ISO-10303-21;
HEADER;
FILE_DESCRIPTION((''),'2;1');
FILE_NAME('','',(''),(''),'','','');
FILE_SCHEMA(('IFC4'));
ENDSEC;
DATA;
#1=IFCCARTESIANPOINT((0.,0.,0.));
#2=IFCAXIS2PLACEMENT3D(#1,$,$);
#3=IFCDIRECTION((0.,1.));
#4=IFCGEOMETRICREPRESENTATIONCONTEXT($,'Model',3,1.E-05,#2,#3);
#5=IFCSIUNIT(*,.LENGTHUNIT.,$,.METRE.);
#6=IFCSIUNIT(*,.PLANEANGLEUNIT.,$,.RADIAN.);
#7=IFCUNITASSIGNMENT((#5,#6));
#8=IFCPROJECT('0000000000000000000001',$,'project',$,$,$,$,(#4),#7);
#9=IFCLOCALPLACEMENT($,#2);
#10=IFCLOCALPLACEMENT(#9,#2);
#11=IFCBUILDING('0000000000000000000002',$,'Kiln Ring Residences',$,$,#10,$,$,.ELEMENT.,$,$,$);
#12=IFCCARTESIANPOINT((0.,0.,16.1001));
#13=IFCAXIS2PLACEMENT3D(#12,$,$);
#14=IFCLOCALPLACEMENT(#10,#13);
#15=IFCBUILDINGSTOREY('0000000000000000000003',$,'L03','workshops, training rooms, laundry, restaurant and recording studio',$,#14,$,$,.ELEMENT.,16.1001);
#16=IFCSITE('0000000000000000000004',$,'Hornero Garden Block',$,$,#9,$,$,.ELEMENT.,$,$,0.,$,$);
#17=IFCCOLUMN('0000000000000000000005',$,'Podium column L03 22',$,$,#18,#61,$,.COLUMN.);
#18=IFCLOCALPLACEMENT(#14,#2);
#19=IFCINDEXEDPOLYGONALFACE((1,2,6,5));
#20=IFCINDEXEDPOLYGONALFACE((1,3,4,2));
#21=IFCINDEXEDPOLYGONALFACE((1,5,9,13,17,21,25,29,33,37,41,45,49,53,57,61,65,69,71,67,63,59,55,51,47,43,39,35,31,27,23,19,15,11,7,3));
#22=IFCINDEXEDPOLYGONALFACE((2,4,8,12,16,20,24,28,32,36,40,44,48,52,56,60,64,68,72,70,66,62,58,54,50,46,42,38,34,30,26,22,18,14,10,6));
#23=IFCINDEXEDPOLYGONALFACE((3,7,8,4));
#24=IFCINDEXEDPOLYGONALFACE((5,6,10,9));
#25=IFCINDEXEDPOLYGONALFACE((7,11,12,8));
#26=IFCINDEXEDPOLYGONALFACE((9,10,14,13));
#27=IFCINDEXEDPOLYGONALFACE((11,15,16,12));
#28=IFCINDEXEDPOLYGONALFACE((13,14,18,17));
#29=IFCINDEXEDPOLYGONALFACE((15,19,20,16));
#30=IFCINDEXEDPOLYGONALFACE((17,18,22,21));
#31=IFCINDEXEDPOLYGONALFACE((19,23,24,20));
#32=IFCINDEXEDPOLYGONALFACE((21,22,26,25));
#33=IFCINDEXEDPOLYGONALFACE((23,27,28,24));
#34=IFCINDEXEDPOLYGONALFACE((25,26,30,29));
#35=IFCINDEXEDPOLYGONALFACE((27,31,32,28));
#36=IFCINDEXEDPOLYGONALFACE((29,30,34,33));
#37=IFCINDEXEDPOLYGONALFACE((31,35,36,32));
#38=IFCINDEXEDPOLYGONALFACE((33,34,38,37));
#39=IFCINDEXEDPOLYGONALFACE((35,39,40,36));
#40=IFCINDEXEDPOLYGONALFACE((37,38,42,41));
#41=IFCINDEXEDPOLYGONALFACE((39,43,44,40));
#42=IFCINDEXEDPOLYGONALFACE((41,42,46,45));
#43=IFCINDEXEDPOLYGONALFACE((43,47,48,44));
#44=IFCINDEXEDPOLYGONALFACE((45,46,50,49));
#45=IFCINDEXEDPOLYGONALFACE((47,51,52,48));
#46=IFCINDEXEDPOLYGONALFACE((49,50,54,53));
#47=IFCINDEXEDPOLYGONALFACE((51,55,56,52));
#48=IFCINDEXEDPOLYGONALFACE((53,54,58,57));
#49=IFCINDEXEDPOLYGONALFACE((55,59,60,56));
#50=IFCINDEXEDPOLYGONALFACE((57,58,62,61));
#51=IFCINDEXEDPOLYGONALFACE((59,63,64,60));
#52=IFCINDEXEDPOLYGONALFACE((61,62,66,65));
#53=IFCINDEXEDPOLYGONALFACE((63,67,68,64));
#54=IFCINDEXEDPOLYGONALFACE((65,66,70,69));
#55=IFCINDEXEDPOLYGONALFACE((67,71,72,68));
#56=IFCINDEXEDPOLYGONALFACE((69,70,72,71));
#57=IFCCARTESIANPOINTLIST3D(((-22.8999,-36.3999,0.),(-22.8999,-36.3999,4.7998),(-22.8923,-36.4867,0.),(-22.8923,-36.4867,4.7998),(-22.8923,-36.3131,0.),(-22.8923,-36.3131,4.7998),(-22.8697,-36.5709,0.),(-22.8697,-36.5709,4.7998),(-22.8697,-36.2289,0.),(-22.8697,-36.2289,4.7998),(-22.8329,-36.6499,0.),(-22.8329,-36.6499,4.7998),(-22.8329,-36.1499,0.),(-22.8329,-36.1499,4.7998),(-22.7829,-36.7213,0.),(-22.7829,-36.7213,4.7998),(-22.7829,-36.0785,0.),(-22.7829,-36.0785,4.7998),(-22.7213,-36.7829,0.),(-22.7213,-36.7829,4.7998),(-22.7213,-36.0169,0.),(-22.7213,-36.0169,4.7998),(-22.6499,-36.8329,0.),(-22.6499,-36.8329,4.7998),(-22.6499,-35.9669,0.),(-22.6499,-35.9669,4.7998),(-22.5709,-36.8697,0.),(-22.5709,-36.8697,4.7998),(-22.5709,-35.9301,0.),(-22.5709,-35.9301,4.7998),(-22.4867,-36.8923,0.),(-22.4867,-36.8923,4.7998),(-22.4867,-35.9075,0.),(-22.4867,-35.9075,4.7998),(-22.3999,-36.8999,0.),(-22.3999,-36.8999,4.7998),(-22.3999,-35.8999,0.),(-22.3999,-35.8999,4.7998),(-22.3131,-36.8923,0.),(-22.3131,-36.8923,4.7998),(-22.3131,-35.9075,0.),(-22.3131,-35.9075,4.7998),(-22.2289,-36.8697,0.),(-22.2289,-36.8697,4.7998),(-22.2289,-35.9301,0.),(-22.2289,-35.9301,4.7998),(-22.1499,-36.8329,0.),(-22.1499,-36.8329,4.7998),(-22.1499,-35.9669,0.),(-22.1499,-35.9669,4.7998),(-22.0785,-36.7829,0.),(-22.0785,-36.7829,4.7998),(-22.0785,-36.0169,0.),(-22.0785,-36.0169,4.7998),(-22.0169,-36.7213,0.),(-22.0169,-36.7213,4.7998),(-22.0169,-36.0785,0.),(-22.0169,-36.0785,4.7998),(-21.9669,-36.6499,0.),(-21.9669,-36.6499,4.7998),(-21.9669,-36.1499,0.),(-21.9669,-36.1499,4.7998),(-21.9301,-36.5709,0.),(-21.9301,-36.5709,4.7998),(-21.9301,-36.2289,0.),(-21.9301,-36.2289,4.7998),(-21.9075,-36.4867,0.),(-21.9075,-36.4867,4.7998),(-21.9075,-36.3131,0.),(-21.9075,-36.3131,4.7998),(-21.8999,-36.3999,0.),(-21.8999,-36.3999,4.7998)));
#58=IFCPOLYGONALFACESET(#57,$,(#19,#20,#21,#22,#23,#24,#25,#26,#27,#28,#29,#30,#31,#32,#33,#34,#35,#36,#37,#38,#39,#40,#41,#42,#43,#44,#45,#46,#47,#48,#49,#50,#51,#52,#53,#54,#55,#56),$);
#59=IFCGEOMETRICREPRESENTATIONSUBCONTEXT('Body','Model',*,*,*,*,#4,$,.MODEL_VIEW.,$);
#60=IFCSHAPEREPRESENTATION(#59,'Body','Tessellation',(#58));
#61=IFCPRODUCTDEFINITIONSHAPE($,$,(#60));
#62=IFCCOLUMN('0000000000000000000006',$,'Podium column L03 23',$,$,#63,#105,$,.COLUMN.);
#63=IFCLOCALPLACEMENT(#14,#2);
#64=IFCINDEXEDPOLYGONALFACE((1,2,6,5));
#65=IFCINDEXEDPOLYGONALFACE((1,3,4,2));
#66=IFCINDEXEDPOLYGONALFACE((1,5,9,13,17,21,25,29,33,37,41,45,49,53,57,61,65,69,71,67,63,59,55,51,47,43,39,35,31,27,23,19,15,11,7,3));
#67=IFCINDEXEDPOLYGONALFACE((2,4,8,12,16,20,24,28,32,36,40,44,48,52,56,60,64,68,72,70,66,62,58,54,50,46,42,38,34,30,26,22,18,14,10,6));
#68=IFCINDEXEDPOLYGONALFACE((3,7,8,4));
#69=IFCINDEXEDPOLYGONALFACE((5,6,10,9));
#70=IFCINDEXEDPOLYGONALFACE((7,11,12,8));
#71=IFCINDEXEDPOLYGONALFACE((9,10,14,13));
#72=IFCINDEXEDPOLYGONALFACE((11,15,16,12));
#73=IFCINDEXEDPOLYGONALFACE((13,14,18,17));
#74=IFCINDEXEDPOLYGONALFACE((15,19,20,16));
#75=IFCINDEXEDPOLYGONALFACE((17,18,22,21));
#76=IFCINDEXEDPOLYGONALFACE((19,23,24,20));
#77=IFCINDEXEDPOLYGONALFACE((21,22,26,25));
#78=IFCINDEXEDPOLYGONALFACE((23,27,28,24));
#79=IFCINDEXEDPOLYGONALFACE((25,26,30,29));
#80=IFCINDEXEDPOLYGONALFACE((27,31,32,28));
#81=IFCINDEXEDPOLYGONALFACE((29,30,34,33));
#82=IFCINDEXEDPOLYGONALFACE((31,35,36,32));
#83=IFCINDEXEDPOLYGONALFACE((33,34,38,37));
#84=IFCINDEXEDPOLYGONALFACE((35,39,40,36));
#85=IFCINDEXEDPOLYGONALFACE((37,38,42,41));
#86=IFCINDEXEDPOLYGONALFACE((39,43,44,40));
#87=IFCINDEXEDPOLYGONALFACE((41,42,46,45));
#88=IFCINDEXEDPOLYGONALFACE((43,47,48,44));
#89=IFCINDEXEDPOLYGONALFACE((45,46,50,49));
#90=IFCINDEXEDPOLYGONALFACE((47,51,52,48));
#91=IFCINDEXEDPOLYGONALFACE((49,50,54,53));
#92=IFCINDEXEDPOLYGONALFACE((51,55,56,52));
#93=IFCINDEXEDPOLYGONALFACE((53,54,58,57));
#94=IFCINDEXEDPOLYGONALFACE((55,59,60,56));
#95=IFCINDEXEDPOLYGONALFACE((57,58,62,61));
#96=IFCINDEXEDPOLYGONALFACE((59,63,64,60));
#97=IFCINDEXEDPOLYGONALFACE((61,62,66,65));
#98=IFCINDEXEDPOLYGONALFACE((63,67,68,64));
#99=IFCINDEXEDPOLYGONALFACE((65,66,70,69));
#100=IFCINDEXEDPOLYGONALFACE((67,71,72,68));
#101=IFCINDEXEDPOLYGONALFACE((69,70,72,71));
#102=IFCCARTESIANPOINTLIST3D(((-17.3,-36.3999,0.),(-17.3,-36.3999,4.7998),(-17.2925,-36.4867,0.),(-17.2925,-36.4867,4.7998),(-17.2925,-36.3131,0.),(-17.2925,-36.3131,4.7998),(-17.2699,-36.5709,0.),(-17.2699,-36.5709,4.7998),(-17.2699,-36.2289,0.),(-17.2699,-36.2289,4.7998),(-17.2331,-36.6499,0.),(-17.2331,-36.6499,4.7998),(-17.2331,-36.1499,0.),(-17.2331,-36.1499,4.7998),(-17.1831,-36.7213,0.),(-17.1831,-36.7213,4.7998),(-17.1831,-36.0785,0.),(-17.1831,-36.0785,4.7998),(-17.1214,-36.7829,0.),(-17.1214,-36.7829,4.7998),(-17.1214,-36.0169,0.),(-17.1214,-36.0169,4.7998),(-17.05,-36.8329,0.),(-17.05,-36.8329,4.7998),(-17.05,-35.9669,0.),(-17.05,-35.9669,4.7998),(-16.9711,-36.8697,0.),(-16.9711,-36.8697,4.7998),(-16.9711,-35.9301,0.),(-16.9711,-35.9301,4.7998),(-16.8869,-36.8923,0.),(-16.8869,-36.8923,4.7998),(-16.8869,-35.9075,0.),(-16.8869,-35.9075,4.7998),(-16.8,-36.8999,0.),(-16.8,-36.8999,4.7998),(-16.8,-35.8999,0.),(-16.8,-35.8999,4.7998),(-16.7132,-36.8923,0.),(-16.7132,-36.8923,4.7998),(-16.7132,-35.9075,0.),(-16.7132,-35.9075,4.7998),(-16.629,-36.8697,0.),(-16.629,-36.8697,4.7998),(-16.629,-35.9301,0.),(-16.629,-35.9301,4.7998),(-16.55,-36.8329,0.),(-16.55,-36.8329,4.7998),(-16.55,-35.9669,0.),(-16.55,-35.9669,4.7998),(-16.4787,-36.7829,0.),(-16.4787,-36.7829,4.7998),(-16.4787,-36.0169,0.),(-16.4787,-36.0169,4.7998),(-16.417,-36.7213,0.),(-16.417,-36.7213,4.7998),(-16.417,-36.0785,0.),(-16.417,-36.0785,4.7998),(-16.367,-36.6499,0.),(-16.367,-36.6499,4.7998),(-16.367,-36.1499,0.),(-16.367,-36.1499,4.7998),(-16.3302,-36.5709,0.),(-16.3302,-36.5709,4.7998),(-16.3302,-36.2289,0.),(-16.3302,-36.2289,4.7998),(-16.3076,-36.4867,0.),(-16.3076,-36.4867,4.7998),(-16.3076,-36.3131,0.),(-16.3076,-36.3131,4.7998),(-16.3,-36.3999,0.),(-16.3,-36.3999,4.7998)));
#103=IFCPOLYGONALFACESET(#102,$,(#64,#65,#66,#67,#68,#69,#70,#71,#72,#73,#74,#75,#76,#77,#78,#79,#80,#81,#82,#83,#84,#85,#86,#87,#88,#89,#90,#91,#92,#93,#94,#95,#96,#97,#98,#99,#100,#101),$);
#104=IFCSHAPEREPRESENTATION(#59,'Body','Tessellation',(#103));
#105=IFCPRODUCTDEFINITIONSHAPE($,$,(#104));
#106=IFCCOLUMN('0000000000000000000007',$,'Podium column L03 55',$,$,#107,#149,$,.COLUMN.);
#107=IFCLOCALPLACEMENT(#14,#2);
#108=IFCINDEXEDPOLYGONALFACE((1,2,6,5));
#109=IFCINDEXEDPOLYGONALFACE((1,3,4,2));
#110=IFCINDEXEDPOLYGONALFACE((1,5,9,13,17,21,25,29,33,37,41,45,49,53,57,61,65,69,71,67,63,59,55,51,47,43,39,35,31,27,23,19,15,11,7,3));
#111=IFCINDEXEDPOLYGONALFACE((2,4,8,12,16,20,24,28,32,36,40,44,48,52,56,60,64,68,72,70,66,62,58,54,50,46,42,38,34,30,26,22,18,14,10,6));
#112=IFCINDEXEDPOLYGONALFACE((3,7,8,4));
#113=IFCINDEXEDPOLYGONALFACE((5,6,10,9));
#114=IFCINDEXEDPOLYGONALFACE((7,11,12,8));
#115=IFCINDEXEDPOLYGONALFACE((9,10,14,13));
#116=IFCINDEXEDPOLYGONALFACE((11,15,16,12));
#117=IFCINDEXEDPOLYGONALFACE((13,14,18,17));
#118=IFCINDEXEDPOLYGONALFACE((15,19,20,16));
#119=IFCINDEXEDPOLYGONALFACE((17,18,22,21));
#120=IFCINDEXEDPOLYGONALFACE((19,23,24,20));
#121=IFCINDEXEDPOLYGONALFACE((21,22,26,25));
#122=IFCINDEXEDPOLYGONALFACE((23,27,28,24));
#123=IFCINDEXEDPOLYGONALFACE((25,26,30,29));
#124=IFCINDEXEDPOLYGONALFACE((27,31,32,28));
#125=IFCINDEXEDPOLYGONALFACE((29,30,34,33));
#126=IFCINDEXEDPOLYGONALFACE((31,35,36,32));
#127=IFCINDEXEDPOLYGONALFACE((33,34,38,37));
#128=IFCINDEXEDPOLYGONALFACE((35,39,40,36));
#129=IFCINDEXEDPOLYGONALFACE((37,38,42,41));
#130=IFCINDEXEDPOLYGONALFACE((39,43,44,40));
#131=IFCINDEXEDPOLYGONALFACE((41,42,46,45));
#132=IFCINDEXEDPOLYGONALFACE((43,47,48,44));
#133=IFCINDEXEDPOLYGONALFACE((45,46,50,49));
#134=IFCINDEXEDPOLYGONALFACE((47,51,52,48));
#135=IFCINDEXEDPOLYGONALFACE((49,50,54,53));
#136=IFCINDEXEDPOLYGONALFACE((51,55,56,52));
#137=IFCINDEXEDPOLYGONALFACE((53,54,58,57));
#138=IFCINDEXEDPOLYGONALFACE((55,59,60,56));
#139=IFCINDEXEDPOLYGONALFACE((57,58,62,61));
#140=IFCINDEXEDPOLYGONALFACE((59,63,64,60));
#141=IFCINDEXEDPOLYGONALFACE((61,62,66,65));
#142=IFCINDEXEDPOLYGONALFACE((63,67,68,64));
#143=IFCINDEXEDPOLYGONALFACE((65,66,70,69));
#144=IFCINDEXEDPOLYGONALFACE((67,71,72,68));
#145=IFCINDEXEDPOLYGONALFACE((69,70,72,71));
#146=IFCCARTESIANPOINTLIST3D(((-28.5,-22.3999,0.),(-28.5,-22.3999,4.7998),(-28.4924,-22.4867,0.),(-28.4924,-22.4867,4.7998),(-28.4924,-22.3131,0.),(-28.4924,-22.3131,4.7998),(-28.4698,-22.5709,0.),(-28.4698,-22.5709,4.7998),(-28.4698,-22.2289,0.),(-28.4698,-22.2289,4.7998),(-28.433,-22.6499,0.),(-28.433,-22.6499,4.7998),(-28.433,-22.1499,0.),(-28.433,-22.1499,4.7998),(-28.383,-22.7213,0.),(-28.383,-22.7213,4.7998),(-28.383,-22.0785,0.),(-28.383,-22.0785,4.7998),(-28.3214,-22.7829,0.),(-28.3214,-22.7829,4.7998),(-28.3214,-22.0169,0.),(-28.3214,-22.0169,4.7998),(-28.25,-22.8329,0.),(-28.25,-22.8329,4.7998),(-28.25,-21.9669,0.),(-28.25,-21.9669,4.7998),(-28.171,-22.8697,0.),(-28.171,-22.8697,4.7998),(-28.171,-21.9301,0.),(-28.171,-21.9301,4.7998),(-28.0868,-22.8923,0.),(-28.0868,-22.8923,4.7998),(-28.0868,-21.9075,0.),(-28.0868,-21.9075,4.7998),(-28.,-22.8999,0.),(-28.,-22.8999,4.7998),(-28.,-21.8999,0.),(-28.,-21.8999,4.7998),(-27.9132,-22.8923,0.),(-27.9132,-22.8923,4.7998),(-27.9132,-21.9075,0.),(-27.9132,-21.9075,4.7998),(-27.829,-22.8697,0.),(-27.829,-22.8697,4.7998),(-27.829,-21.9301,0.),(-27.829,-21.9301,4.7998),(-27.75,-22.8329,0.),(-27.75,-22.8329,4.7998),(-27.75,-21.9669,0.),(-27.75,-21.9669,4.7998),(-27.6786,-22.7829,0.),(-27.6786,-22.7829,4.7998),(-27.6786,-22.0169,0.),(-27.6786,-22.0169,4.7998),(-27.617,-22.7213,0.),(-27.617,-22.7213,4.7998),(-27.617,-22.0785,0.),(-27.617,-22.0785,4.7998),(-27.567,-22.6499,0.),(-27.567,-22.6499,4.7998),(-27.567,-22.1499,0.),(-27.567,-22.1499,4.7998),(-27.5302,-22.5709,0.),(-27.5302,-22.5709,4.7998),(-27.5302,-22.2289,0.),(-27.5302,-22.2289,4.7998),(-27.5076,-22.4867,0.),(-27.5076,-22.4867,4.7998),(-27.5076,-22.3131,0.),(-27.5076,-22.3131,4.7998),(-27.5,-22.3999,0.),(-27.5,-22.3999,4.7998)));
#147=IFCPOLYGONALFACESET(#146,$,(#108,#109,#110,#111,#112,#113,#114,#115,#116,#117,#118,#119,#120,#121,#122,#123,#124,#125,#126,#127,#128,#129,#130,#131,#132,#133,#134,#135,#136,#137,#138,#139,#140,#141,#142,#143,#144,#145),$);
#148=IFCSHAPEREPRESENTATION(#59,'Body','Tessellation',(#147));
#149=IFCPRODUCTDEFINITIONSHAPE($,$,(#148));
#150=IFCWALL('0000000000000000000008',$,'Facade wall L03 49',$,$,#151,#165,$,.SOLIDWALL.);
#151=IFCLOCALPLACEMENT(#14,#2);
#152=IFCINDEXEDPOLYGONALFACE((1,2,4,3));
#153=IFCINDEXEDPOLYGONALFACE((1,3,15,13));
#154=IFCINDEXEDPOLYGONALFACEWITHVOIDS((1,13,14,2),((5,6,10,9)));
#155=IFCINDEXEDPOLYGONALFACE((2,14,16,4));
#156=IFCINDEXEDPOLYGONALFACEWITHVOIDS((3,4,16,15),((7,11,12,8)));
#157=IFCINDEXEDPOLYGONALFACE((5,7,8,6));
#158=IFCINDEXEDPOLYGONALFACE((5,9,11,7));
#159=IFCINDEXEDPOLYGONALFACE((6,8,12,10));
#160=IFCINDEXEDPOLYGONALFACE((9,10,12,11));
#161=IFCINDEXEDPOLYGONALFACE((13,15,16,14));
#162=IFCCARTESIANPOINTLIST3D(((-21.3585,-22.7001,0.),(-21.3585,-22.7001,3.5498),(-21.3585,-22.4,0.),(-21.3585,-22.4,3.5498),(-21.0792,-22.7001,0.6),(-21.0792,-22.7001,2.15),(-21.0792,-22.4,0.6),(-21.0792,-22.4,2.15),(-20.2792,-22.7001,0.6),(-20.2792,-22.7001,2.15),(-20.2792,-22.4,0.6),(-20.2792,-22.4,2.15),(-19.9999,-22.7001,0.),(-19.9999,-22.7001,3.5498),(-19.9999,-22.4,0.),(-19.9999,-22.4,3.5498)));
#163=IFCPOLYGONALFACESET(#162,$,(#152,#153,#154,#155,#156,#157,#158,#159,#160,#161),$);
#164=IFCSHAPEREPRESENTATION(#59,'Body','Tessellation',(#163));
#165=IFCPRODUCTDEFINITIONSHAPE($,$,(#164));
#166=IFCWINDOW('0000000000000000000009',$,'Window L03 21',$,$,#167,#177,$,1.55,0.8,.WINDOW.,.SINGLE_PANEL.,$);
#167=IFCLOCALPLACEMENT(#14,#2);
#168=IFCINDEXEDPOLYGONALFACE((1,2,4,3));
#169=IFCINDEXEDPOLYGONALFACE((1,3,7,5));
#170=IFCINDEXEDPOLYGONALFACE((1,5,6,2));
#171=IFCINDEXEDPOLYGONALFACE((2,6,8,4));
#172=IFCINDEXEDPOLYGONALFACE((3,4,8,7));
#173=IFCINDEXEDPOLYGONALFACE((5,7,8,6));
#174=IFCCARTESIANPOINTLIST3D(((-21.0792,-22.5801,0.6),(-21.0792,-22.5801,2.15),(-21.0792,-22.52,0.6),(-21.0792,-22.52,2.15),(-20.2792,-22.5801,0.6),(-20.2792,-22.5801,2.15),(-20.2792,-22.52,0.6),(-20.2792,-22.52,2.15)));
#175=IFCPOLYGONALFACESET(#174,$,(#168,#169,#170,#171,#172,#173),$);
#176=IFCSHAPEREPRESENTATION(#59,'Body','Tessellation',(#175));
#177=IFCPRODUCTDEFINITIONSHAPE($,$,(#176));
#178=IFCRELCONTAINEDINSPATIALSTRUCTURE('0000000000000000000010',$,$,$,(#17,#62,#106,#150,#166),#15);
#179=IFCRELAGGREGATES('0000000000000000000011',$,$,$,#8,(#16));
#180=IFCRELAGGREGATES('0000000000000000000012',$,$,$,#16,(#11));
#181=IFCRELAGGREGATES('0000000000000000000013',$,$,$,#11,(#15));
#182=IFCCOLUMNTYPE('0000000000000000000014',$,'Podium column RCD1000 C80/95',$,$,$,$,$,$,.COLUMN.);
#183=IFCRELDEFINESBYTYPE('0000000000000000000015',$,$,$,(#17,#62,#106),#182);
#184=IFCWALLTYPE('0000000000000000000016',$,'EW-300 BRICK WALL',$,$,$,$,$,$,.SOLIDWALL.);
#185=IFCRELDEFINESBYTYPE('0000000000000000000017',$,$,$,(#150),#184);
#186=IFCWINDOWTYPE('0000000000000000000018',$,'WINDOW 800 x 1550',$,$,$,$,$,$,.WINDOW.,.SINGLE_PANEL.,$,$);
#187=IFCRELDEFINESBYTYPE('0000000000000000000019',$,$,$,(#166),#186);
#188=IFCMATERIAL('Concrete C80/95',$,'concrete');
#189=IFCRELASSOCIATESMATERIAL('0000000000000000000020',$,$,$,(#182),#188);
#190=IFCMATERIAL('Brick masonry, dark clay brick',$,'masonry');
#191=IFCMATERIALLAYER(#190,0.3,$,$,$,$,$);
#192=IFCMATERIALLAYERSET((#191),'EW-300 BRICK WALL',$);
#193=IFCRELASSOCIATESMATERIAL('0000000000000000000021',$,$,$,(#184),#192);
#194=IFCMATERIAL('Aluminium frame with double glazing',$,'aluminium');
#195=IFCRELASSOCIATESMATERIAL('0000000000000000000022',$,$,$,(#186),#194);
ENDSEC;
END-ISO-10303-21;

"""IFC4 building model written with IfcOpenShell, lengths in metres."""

from ifc_helpers import new_model, si_unit, direction, frame, frame_2d, origin, origin_2d, place, context, subcontext, project, spatial, rectangle, circle, extrude, material, layer, layer_set, material_profile, profile_set, type_object, element, fill, save


model = new_model("IFC4")

# Units and contexts
model_context = context("Model", 3, precision=1e-05, world=origin(), true_north=direction((0.0, 1.0)))
body_context = subcontext(model_context, "Body", "Model", "MODEL_VIEW")
ifc_project = project(units=[si_unit("LENGTHUNIT", "METRE"), si_unit("PLANEANGLEUNIT", "RADIAN")], contexts=[model_context])

# Site, building, storey
site_placement = place(None, origin())
site = spatial("IfcSite", under=ifc_project, at=site_placement, Name="Hornero Garden Block", CompositionType="ELEMENT", RefElevation=0.0)
building_placement = place(site_placement, origin())
building = spatial("IfcBuilding", under=site, at=building_placement, Name="Kiln Ring Residences", CompositionType="ELEMENT")
storey_placement = place(building_placement, frame((0.0, 0.0, 16.1001)))
storey = spatial("IfcBuildingStorey", under=building, at=storey_placement, Name="L03", Description="workshops, training rooms, laundry, restaurant and recording studio", CompositionType="ELEMENT", Elevation=16.1001)

# Columns
ifc_material_1 = material(Name="Concrete C80/95", Category="concrete")
ifc_material_profile_1 = material_profile(ifc_material_1, circle(Radius=0.5, at=origin_2d()), Name="RCD1000")
ifc_profile_set_1 = profile_set([ifc_material_profile_1], Name="Concrete C80/95")
column_type_1 = type_object("IfcColumnType", Name="Podium column RCD1000 C80/95", PredefinedType="COLUMN", material=ifc_profile_set_1)
for number, where, z_axis, x_axis, name in (
    (1, (-22.3999, -36.3999, 0.0), (0.0, 0.0, 1.0), (1.0, 0.0, 0.0), "Podium column L03 22"),
    (2, (-16.8, -36.3999, 0.0), (0.0, 0.0, 1.0), (1.0, 0.0, 0.0), "Podium column L03 23"),
    (3, (-28.0, -22.3999, 0.0), (0.0, 0.0, 1.0), (1.0, 0.0, 0.0), "Podium column L03 55"),
):
    element("IfcColumn", number, at=place(storey_placement, frame(where, z_axis=z_axis, x_axis=x_axis)), inside=storey, type_object=column_type_1, Name=name, PredefinedType="COLUMN", context=body_context, shape_type="SweptSolid", body=[
        extrude(circle(Radius=0.5, at=origin_2d()), origin(), (0.0, 0.0, 1.0), 4.7998),
    ])

# Wall, opening, window
ifc_material_2 = material(Name="Brick masonry, dark clay brick", Category="masonry")
ifc_layer_1 = layer(ifc_material_2, 0.3)
ifc_layer_set_1 = layer_set([ifc_layer_1], Name="EW-300 BRICK WALL")
wall_type_1 = type_object("IfcWallType", Name="EW-300 BRICK WALL", PredefinedType="SOLIDWALL", material=ifc_layer_set_1)
wall_1_placement = place(storey_placement, frame((-20.0, -22.55, 0.0), z_axis=(0.0, 0.0, 1.0), x_axis=(-1.0, 0.0, 0.0)))
wall_1 = element("IfcWall", 4, at=wall_1_placement, inside=storey, type_object=wall_type_1, Name="Facade wall L03 49", PredefinedType="SOLIDWALL", context=body_context, shape_type="SweptSolid", body=[
    extrude(rectangle(XDim=1.3586, YDim=0.3, at=frame_2d((0.6792, 0.0))), origin(), (0.0, 0.0, 1.0), 3.5498),
])
opening_1_placement = place(wall_1_placement, frame((0.2793, 0.0, 0.6001)))
opening_1 = element("IfcOpeningElement", 5, at=opening_1_placement, cuts=wall_1, PredefinedType="OPENING", context=body_context, shape_type="SweptSolid", body=[
    extrude(rectangle(XDim=0.8, YDim=1.55, at=frame_2d((0.3999, 0.7749))), frame((0.0, 0.1599, 0.0), z_axis=(0.0, -1.0, 0.0), x_axis=(1.0, 0.0, 0.0)), (0.0, 0.0, 1.0), 0.3201),
])
ifc_material_3 = material(Name="Aluminium frame with double glazing", Category="aluminium")
window_type_1 = type_object("IfcWindowType", Name="WINDOW 800 x 1550", PartitioningType="SINGLE_PANEL", PredefinedType="WINDOW", material=ifc_material_3)
window_1_placement = place(opening_1_placement, origin())
window_1 = element("IfcWindow", 6, at=window_1_placement, inside=storey, type_object=window_type_1, Name="Window L03 21", OverallHeight=1.55, OverallWidth=0.8, PartitioningType="SINGLE_PANEL", PredefinedType="WINDOW", context=body_context, shape_type="SweptSolid", body=[
    extrude(rectangle(XDim=0.8, YDim=1.55, at=frame_2d((0.3999, 0.7749))), frame((0.0, 0.03, 0.0), z_axis=(0.0, -1.0, 0.0), x_axis=(1.0, 0.0, 0.0)), (0.0, 0.0, 1.0), 0.0601),
])
fill(opening_1, window_1)

save(model, "model.ifc")
